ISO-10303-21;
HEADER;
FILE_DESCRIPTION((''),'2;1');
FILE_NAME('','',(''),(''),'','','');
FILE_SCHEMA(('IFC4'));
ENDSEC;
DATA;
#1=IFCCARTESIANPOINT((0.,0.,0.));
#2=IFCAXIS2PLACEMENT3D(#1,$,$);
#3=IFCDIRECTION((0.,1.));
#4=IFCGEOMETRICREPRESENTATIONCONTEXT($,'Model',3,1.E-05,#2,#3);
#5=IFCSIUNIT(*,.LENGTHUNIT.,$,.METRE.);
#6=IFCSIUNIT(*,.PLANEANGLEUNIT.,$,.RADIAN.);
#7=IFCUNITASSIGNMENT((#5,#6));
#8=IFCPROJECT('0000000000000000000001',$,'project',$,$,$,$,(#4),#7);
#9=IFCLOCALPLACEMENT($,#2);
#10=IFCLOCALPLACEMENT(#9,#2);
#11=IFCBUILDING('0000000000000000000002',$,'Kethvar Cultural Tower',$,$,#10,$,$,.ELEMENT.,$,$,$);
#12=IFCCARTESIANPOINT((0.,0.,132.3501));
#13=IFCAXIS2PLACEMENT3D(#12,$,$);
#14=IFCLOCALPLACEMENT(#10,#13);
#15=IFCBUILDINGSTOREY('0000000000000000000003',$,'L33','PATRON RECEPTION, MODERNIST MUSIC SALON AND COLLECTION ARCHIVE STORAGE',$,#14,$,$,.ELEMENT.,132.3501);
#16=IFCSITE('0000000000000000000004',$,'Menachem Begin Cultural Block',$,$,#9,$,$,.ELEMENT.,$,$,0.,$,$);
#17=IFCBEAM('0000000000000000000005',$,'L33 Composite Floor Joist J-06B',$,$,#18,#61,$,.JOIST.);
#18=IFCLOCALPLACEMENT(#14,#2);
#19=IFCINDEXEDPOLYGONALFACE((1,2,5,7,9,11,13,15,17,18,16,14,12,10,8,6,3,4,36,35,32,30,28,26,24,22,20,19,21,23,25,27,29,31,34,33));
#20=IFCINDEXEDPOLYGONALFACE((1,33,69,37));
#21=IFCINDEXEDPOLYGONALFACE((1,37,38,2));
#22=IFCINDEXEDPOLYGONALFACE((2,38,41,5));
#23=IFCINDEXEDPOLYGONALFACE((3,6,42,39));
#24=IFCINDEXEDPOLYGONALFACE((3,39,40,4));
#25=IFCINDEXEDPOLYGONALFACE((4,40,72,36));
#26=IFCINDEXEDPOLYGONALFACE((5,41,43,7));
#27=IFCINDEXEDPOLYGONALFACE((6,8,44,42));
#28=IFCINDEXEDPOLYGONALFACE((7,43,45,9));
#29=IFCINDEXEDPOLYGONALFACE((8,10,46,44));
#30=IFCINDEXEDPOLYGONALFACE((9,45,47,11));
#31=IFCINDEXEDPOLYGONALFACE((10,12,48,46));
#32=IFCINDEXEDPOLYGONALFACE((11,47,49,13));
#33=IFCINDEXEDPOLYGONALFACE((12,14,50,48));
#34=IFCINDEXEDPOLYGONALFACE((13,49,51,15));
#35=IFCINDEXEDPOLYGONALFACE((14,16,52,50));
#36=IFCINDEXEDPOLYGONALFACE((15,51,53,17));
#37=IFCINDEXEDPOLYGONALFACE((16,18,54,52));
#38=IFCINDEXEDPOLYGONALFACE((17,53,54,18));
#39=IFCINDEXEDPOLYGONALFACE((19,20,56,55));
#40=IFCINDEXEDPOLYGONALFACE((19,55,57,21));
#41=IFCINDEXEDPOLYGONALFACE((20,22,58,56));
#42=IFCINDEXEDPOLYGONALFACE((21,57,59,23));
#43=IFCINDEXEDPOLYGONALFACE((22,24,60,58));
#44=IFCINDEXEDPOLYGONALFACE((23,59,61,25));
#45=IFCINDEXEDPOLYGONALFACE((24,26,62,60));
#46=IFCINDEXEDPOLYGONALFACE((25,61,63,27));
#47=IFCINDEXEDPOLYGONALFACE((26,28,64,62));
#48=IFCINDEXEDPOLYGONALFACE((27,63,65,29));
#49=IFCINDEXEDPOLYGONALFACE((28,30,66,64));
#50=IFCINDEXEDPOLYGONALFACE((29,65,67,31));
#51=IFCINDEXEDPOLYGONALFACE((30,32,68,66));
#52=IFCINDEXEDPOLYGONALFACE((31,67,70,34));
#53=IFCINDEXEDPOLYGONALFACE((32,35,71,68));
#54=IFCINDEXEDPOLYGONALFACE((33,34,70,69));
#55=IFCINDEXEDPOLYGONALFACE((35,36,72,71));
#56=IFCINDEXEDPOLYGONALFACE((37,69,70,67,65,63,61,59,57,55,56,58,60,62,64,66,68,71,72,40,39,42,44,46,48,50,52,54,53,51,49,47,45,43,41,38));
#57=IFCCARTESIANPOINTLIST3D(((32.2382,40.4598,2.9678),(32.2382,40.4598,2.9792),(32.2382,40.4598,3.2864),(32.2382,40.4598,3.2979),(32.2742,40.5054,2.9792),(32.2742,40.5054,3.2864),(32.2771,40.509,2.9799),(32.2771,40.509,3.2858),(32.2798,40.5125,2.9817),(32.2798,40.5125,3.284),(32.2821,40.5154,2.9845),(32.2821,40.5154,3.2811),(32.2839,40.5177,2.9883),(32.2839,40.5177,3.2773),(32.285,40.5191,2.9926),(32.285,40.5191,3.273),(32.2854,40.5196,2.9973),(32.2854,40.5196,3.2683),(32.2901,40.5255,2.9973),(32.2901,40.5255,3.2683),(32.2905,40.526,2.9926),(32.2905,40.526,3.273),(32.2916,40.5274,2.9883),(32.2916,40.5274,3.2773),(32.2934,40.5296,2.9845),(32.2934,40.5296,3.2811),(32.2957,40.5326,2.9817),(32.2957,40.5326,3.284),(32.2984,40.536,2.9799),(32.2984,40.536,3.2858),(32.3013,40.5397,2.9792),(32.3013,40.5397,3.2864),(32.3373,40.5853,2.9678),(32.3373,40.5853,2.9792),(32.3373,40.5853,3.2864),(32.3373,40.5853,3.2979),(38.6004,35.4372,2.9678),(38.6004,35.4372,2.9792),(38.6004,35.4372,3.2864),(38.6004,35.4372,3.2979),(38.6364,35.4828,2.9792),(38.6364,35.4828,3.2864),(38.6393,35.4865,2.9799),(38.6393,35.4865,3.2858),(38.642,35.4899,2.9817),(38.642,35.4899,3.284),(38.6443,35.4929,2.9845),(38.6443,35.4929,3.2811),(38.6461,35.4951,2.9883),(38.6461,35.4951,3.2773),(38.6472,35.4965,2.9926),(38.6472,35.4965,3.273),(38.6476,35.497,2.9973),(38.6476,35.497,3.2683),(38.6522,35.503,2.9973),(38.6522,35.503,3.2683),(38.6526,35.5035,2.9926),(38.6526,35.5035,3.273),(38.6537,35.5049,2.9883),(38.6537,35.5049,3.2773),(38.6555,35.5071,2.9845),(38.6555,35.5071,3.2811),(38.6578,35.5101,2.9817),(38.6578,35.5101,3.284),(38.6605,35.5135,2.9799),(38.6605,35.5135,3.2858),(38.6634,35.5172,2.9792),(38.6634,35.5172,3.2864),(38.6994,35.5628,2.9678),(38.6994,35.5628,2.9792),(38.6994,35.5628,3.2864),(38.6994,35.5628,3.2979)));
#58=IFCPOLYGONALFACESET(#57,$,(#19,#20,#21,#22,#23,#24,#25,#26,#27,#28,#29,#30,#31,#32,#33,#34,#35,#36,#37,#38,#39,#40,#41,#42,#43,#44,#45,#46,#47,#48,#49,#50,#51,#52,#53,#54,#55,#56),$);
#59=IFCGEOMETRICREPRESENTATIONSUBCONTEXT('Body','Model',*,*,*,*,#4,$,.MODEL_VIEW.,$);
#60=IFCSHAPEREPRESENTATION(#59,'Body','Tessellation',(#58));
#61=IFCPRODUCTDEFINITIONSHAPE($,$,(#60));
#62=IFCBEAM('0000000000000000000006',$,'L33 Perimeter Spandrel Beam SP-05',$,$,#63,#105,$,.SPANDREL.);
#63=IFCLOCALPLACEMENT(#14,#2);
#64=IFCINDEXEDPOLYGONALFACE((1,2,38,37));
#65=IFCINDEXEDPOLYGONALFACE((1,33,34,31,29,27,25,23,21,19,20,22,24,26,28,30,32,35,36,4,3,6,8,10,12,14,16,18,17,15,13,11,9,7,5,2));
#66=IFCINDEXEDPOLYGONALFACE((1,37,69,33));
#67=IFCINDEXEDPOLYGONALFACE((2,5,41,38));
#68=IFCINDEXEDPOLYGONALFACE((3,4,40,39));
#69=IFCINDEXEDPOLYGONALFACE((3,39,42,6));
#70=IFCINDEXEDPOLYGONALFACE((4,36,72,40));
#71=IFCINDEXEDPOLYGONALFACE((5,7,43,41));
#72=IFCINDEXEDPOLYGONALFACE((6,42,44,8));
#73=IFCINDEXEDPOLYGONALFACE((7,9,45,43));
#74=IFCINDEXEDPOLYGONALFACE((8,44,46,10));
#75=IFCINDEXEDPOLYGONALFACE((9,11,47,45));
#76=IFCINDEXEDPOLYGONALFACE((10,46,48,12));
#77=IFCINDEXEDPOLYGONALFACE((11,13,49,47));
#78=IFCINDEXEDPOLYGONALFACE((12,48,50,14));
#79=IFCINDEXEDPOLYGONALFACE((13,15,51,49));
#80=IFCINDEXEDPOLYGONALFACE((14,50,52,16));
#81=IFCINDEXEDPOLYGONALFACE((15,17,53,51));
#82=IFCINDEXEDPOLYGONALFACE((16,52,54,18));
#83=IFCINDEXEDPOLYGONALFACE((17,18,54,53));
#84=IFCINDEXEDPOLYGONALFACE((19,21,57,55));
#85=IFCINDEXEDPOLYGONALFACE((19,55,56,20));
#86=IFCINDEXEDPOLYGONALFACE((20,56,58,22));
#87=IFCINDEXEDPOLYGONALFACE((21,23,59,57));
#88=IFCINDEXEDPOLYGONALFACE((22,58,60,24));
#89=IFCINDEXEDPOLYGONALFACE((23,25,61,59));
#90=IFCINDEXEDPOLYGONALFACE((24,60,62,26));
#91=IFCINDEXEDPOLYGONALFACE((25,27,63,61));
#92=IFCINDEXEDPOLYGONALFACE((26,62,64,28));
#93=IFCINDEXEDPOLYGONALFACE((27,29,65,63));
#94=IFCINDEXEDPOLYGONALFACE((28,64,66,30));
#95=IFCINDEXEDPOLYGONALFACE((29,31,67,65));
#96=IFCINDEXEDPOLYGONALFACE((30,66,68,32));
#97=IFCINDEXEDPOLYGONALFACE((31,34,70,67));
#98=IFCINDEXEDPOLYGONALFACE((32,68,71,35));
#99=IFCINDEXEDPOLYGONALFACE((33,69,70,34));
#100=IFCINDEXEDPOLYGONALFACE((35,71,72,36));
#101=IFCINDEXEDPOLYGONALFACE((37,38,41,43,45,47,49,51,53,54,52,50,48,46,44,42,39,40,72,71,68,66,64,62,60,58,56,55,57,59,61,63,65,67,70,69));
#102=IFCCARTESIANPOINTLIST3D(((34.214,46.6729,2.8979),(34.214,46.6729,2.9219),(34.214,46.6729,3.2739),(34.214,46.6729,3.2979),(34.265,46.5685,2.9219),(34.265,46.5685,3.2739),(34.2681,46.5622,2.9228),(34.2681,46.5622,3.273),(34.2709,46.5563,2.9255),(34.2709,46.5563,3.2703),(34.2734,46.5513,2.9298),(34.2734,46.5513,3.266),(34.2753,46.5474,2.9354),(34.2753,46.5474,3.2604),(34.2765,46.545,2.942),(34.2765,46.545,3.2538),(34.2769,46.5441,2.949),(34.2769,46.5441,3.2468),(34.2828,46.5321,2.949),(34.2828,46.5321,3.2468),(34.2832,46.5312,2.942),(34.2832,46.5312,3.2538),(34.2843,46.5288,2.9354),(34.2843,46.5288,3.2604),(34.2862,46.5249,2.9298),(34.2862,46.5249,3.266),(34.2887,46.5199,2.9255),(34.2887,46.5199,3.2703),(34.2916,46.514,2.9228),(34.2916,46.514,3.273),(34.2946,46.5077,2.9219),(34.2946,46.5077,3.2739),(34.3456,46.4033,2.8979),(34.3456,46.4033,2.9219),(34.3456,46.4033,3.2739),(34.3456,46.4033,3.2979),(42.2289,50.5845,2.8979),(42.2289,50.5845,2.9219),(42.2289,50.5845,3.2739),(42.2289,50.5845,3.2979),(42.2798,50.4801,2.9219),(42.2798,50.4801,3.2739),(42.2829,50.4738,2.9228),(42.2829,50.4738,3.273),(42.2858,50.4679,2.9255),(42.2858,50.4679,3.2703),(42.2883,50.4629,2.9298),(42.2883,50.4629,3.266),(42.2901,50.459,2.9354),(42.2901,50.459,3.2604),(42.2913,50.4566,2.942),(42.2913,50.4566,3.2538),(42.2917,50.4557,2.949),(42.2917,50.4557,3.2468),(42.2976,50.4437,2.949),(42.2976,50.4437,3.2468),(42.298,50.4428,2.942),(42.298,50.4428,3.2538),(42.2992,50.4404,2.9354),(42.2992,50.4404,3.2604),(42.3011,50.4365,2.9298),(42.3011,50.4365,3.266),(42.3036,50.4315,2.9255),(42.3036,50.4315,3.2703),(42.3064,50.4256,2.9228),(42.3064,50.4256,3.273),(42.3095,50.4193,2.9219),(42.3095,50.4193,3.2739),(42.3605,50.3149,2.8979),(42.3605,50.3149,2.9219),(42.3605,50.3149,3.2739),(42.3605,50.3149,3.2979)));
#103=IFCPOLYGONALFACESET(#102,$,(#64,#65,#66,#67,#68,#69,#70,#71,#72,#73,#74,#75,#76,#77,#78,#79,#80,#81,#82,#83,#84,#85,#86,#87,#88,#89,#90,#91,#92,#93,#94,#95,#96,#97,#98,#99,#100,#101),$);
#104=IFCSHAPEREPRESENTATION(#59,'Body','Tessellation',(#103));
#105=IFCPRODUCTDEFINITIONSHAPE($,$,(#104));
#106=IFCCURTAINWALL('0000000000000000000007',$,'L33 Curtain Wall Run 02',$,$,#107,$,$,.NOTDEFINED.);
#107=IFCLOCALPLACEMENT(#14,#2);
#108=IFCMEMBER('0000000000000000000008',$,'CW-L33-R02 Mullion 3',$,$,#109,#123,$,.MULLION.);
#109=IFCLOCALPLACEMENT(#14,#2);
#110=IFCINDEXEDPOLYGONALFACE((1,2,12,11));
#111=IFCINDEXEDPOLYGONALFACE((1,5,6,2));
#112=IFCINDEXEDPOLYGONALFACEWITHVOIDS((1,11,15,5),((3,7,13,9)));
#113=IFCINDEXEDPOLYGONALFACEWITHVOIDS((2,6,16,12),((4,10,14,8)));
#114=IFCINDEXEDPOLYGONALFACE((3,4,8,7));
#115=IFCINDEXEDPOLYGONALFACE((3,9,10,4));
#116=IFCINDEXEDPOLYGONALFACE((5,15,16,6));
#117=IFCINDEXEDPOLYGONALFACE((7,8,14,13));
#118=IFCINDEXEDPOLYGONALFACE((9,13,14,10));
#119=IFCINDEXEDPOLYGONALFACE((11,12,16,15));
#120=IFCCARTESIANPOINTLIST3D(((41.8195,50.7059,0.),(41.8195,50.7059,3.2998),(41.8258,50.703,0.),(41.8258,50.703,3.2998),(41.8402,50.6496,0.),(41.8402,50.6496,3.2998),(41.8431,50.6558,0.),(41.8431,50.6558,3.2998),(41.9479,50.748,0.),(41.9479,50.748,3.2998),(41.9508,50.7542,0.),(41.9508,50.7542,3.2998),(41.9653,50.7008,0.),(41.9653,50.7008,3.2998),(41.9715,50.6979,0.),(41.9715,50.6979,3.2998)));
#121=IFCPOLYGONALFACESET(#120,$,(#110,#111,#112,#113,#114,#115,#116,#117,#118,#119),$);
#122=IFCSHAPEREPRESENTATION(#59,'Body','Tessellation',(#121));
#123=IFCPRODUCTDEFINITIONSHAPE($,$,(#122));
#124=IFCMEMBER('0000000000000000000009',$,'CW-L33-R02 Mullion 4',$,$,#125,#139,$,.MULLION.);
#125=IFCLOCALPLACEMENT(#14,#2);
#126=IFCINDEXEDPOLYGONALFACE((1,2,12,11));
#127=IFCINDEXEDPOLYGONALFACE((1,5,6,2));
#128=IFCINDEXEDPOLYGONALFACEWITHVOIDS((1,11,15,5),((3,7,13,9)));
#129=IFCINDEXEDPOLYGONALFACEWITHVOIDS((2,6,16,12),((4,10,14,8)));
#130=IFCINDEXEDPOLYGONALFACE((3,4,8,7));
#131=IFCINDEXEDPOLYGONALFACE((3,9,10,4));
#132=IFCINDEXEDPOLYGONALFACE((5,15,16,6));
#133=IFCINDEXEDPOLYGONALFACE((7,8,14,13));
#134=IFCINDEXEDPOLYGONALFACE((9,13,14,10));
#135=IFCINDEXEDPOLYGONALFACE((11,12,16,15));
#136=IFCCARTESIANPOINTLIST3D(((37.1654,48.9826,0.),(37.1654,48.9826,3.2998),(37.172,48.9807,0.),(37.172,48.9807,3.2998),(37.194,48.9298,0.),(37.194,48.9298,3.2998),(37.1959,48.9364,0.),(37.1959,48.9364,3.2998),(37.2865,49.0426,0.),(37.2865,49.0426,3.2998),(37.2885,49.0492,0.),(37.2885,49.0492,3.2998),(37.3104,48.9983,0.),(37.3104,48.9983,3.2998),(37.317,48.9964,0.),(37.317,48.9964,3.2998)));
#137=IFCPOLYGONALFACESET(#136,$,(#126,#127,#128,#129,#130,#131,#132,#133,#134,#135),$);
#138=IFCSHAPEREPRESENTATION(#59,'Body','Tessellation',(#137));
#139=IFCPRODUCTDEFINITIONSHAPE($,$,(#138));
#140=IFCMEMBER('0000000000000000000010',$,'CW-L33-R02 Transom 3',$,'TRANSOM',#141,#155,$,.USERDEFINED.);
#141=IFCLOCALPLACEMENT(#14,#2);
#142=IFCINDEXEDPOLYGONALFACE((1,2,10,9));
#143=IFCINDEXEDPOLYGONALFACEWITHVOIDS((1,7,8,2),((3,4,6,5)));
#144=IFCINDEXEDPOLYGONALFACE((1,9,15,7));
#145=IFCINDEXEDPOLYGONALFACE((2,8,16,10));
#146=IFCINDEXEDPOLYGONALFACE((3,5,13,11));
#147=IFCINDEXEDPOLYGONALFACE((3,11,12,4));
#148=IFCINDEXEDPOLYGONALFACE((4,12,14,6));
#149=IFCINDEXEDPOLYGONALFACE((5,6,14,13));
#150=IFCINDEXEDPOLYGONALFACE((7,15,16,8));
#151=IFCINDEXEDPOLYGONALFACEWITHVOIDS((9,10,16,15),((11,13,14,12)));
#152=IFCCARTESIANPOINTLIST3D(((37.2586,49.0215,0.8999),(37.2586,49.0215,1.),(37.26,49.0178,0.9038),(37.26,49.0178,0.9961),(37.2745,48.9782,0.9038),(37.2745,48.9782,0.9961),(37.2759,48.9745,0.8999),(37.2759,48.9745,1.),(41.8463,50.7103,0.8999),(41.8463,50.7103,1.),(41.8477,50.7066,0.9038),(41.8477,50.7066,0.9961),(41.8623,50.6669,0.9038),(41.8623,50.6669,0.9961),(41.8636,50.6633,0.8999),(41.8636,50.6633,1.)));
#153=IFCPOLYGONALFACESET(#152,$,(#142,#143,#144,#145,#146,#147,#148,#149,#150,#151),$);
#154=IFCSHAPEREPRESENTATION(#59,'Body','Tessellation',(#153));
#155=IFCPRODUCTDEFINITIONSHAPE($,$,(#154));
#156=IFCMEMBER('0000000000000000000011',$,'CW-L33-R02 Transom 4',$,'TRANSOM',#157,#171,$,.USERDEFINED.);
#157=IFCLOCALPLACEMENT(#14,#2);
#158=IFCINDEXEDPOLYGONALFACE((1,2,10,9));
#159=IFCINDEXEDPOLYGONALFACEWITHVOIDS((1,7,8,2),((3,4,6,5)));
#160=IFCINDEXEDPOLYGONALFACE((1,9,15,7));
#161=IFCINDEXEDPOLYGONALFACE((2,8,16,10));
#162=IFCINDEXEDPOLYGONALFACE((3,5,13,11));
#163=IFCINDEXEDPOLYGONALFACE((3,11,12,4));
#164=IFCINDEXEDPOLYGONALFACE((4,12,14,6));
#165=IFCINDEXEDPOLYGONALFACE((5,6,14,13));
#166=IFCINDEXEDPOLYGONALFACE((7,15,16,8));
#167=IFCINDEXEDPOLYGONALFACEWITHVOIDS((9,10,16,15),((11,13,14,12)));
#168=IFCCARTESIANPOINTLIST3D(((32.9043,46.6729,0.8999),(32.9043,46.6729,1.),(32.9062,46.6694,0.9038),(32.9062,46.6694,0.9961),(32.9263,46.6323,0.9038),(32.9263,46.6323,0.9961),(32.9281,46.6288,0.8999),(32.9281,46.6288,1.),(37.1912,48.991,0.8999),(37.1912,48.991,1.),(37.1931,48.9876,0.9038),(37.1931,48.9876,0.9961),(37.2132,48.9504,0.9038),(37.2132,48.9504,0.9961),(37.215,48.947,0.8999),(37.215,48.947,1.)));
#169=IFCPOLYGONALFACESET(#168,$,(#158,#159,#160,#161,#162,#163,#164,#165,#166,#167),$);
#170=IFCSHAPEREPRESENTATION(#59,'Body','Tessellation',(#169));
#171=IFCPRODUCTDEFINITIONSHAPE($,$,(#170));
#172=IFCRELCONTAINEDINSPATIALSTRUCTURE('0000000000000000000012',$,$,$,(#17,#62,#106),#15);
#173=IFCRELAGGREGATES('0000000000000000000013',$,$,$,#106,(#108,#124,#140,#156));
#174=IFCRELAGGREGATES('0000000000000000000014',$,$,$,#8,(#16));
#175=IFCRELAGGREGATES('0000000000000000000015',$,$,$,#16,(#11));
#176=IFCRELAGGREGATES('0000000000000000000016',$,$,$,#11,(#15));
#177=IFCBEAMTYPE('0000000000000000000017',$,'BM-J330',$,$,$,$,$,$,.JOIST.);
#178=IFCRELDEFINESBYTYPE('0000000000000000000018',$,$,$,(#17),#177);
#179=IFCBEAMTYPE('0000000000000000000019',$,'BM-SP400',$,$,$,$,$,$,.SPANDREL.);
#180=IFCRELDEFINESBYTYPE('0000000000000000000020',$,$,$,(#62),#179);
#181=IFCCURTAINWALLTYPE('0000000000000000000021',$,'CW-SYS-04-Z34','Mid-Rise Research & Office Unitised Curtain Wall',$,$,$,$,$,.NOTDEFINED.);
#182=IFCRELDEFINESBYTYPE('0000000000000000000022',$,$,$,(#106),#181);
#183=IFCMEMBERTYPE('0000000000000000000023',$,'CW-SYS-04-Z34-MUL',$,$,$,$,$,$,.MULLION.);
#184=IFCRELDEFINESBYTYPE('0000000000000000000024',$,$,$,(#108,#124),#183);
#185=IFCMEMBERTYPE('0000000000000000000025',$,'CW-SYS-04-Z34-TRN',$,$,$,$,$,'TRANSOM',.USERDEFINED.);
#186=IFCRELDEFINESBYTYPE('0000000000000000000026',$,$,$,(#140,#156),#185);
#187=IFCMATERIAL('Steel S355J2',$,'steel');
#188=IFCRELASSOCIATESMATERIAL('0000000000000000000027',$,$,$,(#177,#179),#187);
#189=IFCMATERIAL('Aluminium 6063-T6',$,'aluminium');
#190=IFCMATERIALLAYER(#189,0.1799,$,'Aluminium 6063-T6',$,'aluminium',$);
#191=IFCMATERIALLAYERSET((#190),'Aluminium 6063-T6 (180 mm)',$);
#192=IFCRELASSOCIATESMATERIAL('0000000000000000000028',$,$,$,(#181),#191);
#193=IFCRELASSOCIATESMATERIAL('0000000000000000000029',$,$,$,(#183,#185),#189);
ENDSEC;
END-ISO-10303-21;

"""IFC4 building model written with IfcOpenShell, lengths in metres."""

from ifc_helpers import new_model, si_unit, direction, frame, origin, origin_2d, place, context, subcontext, project, spatial, hollow_rectangle, i_section, extrude, source, transform, mapped, material, layer, layer_set, material_profile, profile_set, type_object, element, aggregate, save


model = new_model("IFC4")

# Units and contexts
model_context = context("Model", 3, precision=1e-05, world=origin(), true_north=direction((0.0, 1.0)))
body_context = subcontext(model_context, "Body", "Model", "MODEL_VIEW")
ifc_project = project(units=[si_unit("LENGTHUNIT", "METRE"), si_unit("PLANEANGLEUNIT", "RADIAN")], contexts=[model_context])

# Site, building, storey
site_placement = place(None, origin())
site = spatial("IfcSite", under=ifc_project, at=site_placement, Name="Menachem Begin Cultural Block", CompositionType="ELEMENT", RefElevation=0.0)
building_placement = place(site_placement, origin())
building = spatial("IfcBuilding", under=site, at=building_placement, Name="Kethvar Cultural Tower", CompositionType="ELEMENT")
storey_placement = place(building_placement, frame((0.0, 0.0, 132.3501)))
storey = spatial("IfcBuildingStorey", under=building, at=storey_placement, Name="L33", Description="PATRON RECEPTION, MODERNIST MUSIC SALON AND COLLECTION ARCHIVE STORAGE", CompositionType="ELEMENT", Elevation=132.3501)

# Beams
ifc_material_1 = material(Name="Steel S355J2", Category="steel")
ifc_material_profile_1 = material_profile(ifc_material_1, i_section(OverallWidth=0.1599, OverallDepth=0.3301, WebThickness=0.0076, FlangeThickness=0.0115, FilletRadius=0.0181, at=origin_2d()), Name="Steel S355J2 — IPE330")
ifc_profile_set_1 = profile_set([ifc_material_profile_1], Name="Steel S355J2 — IPE330")
beam_type_1 = type_object("IfcBeamType", Name="BM-J330", PredefinedType="JOIST", material=ifc_profile_set_1)
shared_shape_1 = source(origin(), body_context, "Body", "SweptSolid", [
    extrude(i_section(OverallWidth=0.1599, OverallDepth=0.3301, WebThickness=0.0076, FlangeThickness=0.0115, FilletRadius=0.0181, at=origin_2d()), origin(), (0.0, 0.0, 1.0), 8.1057),
])
beam_1_placement = place(storey_placement, frame((38.6499, 35.5, 3.1328), z_axis=(-0.784896, 0.619628, 0.0), x_axis=(-0.619628, -0.784896, 0.0)))
element("IfcBeam", 1, at=beam_1_placement, inside=storey, type_object=beam_type_1, Name="L33 Composite Floor Joist J-06B", PredefinedType="JOIST", context=body_context, shape_type="MappedRepresentation", body=[
    mapped(shared_shape_1, transform((0.0, 0.0, 0.0), scale=1.0)),
])
ifc_material_profile_2 = material_profile(ifc_material_1, i_section(OverallWidth=0.3, OverallDepth=0.3999, WebThickness=0.0134, FlangeThickness=0.0239, FilletRadius=0.0271, at=origin_2d()), Name="Steel S355J2 — HEB400")
ifc_profile_set_2 = profile_set([ifc_material_profile_2], Name="Steel S355J2 — HEB400")
beam_type_2 = type_object("IfcBeamType", Name="BM-SP400", PredefinedType="SPANDREL", material=ifc_profile_set_2)
shared_shape_2 = source(origin(), body_context, "Body", "SweptSolid", [
    extrude(i_section(OverallWidth=0.3, OverallDepth=0.3999, WebThickness=0.0134, FlangeThickness=0.0239, FilletRadius=0.0271, at=origin_2d()), origin(), (0.0, 0.0, 1.0), 8.9185),
])
beam_2_placement = place(storey_placement, frame((42.2947, 50.4497, 3.0979), z_axis=(-0.898684, -0.438597, 0.0), x_axis=(0.438597, -0.898684, 0.0)))
element("IfcBeam", 2, at=beam_2_placement, inside=storey, type_object=beam_type_2, Name="L33 Perimeter Spandrel Beam SP-05", PredefinedType="SPANDREL", context=body_context, shape_type="MappedRepresentation", body=[
    mapped(shared_shape_2, transform((0.0, 0.0, 0.0), scale=1.0)),
])

# Curtain wall, members
ifc_material_2 = material(Name="Aluminium 6063-T6", Category="aluminium")
ifc_layer_1 = layer(ifc_material_2, 0.1799, Name="Aluminium 6063-T6", Category="aluminium")
ifc_layer_set_1 = layer_set([ifc_layer_1], Name="Aluminium 6063-T6 (180 mm)")
curtain_wall_type = type_object("IfcCurtainWallType", Name="CW-SYS-04-Z34", Description="Mid-Rise Research & Office Unitised Curtain Wall", PredefinedType="NOTDEFINED", material=ifc_layer_set_1)
curtain_wall_placement = place(storey_placement, origin())
curtain_wall = element("IfcCurtainWall", 3, at=curtain_wall_placement, inside=storey, type_object=curtain_wall_type, Name="L33 Curtain Wall Run 02", PredefinedType="NOTDEFINED")
ifc_material_profile_3 = material_profile(ifc_material_2, hollow_rectangle(XDim=0.0601, YDim=0.1399, WallThickness=0.0049, at=origin_2d()), Name="Aluminium 6063-T6 — RHS140x60x5")
ifc_profile_set_3 = profile_set([ifc_material_profile_3], Name="Aluminium 6063-T6 — RHS140x60x5")
member_type_1 = type_object("IfcMemberType", Name="CW-SYS-04-Z34-MUL", PredefinedType="MULLION", material=ifc_profile_set_3)
shared_shape_3 = source(origin(), body_context, "Body", "SweptSolid", [
    extrude(hollow_rectangle(XDim=0.0601, YDim=0.1399, WallThickness=0.0049, at=origin_2d()), origin(), (0.0, 0.0, 1.0), 3.2998),
])
member_1_placement = place(storey_placement, frame((41.8955, 50.7019, 0.0), z_axis=(0.0, 0.0, 1.0), x_axis=(0.345462, -0.938433, 0.0)))
member_1 = element("IfcMember", 4, at=member_1_placement, type_object=member_type_1, Name="CW-L33-R02 Mullion 3", PredefinedType="MULLION", context=body_context, shape_type="MappedRepresentation", body=[
    mapped(shared_shape_3, transform((0.0, 0.0, 0.0), scale=1.0)),
])
member_2_placement = place(storey_placement, frame((37.2412, 48.9895, 0.0), z_axis=(0.0, 0.0, 1.0), x_axis=(0.475655, -0.879632, 0.0)))
member_2 = element("IfcMember", 5, at=member_2_placement, type_object=member_type_1, Name="CW-L33-R02 Mullion 4", PredefinedType="MULLION", context=body_context, shape_type="MappedRepresentation", body=[
    mapped(shared_shape_3, transform((0.0, 0.0, 0.0), scale=1.0)),
])
ifc_material_profile_4 = material_profile(ifc_material_2, hollow_rectangle(XDim=0.05, YDim=0.1001, WallThickness=0.0039, at=origin_2d()), Name="Aluminium 6063-T6 — RHS100x50x4")
ifc_profile_set_4 = profile_set([ifc_material_profile_4], Name="Aluminium 6063-T6 — RHS100x50x4")
member_type_2 = type_object("IfcMemberType", Name="CW-SYS-04-Z34-TRN", ElementType="TRANSOM", PredefinedType="USERDEFINED", material=ifc_profile_set_4)
shared_shape_4 = source(origin(), body_context, "Body", "SweptSolid", [
    extrude(hollow_rectangle(XDim=0.05, YDim=0.1001, WallThickness=0.0039, at=origin_2d()), origin(), (0.0, 0.0, 1.0), 4.8887),
])
member_3_placement = place(storey_placement, frame((41.855, 50.6868, 0.95), z_axis=(-0.93844, -0.345442, 0.0), x_axis=(0.345442, -0.93844, 0.0)))
member_3 = element("IfcMember", 6, at=member_3_placement, type_object=member_type_2, Name="CW-L33-R02 Transom 3", ObjectType="TRANSOM", PredefinedType="USERDEFINED", context=body_context, shape_type="MappedRepresentation", body=[
    mapped(shared_shape_4, transform((0.0, 0.0, 0.0), scale=1.0)),
])
shared_shape_5 = source(origin(), body_context, "Body", "SweptSolid", [
    extrude(hollow_rectangle(XDim=0.05, YDim=0.1001, WallThickness=0.0039, at=origin_2d()), origin(), (0.0, 0.0, 1.0), 4.8735),
])
member_4_placement = place(storey_placement, frame((37.2031, 48.969, 0.95), z_axis=(-0.87963, -0.475658, 0.0), x_axis=(0.475658, -0.87963, 0.0)))
member_4 = element("IfcMember", 7, at=member_4_placement, type_object=member_type_2, Name="CW-L33-R02 Transom 4", ObjectType="TRANSOM", PredefinedType="USERDEFINED", context=body_context, shape_type="MappedRepresentation", body=[
    mapped(shared_shape_5, transform((0.0, 0.0, 0.0), scale=1.0)),
])
aggregate(curtain_wall, [member_1, member_2, member_3, member_4])

save(model, "model.ifc")
